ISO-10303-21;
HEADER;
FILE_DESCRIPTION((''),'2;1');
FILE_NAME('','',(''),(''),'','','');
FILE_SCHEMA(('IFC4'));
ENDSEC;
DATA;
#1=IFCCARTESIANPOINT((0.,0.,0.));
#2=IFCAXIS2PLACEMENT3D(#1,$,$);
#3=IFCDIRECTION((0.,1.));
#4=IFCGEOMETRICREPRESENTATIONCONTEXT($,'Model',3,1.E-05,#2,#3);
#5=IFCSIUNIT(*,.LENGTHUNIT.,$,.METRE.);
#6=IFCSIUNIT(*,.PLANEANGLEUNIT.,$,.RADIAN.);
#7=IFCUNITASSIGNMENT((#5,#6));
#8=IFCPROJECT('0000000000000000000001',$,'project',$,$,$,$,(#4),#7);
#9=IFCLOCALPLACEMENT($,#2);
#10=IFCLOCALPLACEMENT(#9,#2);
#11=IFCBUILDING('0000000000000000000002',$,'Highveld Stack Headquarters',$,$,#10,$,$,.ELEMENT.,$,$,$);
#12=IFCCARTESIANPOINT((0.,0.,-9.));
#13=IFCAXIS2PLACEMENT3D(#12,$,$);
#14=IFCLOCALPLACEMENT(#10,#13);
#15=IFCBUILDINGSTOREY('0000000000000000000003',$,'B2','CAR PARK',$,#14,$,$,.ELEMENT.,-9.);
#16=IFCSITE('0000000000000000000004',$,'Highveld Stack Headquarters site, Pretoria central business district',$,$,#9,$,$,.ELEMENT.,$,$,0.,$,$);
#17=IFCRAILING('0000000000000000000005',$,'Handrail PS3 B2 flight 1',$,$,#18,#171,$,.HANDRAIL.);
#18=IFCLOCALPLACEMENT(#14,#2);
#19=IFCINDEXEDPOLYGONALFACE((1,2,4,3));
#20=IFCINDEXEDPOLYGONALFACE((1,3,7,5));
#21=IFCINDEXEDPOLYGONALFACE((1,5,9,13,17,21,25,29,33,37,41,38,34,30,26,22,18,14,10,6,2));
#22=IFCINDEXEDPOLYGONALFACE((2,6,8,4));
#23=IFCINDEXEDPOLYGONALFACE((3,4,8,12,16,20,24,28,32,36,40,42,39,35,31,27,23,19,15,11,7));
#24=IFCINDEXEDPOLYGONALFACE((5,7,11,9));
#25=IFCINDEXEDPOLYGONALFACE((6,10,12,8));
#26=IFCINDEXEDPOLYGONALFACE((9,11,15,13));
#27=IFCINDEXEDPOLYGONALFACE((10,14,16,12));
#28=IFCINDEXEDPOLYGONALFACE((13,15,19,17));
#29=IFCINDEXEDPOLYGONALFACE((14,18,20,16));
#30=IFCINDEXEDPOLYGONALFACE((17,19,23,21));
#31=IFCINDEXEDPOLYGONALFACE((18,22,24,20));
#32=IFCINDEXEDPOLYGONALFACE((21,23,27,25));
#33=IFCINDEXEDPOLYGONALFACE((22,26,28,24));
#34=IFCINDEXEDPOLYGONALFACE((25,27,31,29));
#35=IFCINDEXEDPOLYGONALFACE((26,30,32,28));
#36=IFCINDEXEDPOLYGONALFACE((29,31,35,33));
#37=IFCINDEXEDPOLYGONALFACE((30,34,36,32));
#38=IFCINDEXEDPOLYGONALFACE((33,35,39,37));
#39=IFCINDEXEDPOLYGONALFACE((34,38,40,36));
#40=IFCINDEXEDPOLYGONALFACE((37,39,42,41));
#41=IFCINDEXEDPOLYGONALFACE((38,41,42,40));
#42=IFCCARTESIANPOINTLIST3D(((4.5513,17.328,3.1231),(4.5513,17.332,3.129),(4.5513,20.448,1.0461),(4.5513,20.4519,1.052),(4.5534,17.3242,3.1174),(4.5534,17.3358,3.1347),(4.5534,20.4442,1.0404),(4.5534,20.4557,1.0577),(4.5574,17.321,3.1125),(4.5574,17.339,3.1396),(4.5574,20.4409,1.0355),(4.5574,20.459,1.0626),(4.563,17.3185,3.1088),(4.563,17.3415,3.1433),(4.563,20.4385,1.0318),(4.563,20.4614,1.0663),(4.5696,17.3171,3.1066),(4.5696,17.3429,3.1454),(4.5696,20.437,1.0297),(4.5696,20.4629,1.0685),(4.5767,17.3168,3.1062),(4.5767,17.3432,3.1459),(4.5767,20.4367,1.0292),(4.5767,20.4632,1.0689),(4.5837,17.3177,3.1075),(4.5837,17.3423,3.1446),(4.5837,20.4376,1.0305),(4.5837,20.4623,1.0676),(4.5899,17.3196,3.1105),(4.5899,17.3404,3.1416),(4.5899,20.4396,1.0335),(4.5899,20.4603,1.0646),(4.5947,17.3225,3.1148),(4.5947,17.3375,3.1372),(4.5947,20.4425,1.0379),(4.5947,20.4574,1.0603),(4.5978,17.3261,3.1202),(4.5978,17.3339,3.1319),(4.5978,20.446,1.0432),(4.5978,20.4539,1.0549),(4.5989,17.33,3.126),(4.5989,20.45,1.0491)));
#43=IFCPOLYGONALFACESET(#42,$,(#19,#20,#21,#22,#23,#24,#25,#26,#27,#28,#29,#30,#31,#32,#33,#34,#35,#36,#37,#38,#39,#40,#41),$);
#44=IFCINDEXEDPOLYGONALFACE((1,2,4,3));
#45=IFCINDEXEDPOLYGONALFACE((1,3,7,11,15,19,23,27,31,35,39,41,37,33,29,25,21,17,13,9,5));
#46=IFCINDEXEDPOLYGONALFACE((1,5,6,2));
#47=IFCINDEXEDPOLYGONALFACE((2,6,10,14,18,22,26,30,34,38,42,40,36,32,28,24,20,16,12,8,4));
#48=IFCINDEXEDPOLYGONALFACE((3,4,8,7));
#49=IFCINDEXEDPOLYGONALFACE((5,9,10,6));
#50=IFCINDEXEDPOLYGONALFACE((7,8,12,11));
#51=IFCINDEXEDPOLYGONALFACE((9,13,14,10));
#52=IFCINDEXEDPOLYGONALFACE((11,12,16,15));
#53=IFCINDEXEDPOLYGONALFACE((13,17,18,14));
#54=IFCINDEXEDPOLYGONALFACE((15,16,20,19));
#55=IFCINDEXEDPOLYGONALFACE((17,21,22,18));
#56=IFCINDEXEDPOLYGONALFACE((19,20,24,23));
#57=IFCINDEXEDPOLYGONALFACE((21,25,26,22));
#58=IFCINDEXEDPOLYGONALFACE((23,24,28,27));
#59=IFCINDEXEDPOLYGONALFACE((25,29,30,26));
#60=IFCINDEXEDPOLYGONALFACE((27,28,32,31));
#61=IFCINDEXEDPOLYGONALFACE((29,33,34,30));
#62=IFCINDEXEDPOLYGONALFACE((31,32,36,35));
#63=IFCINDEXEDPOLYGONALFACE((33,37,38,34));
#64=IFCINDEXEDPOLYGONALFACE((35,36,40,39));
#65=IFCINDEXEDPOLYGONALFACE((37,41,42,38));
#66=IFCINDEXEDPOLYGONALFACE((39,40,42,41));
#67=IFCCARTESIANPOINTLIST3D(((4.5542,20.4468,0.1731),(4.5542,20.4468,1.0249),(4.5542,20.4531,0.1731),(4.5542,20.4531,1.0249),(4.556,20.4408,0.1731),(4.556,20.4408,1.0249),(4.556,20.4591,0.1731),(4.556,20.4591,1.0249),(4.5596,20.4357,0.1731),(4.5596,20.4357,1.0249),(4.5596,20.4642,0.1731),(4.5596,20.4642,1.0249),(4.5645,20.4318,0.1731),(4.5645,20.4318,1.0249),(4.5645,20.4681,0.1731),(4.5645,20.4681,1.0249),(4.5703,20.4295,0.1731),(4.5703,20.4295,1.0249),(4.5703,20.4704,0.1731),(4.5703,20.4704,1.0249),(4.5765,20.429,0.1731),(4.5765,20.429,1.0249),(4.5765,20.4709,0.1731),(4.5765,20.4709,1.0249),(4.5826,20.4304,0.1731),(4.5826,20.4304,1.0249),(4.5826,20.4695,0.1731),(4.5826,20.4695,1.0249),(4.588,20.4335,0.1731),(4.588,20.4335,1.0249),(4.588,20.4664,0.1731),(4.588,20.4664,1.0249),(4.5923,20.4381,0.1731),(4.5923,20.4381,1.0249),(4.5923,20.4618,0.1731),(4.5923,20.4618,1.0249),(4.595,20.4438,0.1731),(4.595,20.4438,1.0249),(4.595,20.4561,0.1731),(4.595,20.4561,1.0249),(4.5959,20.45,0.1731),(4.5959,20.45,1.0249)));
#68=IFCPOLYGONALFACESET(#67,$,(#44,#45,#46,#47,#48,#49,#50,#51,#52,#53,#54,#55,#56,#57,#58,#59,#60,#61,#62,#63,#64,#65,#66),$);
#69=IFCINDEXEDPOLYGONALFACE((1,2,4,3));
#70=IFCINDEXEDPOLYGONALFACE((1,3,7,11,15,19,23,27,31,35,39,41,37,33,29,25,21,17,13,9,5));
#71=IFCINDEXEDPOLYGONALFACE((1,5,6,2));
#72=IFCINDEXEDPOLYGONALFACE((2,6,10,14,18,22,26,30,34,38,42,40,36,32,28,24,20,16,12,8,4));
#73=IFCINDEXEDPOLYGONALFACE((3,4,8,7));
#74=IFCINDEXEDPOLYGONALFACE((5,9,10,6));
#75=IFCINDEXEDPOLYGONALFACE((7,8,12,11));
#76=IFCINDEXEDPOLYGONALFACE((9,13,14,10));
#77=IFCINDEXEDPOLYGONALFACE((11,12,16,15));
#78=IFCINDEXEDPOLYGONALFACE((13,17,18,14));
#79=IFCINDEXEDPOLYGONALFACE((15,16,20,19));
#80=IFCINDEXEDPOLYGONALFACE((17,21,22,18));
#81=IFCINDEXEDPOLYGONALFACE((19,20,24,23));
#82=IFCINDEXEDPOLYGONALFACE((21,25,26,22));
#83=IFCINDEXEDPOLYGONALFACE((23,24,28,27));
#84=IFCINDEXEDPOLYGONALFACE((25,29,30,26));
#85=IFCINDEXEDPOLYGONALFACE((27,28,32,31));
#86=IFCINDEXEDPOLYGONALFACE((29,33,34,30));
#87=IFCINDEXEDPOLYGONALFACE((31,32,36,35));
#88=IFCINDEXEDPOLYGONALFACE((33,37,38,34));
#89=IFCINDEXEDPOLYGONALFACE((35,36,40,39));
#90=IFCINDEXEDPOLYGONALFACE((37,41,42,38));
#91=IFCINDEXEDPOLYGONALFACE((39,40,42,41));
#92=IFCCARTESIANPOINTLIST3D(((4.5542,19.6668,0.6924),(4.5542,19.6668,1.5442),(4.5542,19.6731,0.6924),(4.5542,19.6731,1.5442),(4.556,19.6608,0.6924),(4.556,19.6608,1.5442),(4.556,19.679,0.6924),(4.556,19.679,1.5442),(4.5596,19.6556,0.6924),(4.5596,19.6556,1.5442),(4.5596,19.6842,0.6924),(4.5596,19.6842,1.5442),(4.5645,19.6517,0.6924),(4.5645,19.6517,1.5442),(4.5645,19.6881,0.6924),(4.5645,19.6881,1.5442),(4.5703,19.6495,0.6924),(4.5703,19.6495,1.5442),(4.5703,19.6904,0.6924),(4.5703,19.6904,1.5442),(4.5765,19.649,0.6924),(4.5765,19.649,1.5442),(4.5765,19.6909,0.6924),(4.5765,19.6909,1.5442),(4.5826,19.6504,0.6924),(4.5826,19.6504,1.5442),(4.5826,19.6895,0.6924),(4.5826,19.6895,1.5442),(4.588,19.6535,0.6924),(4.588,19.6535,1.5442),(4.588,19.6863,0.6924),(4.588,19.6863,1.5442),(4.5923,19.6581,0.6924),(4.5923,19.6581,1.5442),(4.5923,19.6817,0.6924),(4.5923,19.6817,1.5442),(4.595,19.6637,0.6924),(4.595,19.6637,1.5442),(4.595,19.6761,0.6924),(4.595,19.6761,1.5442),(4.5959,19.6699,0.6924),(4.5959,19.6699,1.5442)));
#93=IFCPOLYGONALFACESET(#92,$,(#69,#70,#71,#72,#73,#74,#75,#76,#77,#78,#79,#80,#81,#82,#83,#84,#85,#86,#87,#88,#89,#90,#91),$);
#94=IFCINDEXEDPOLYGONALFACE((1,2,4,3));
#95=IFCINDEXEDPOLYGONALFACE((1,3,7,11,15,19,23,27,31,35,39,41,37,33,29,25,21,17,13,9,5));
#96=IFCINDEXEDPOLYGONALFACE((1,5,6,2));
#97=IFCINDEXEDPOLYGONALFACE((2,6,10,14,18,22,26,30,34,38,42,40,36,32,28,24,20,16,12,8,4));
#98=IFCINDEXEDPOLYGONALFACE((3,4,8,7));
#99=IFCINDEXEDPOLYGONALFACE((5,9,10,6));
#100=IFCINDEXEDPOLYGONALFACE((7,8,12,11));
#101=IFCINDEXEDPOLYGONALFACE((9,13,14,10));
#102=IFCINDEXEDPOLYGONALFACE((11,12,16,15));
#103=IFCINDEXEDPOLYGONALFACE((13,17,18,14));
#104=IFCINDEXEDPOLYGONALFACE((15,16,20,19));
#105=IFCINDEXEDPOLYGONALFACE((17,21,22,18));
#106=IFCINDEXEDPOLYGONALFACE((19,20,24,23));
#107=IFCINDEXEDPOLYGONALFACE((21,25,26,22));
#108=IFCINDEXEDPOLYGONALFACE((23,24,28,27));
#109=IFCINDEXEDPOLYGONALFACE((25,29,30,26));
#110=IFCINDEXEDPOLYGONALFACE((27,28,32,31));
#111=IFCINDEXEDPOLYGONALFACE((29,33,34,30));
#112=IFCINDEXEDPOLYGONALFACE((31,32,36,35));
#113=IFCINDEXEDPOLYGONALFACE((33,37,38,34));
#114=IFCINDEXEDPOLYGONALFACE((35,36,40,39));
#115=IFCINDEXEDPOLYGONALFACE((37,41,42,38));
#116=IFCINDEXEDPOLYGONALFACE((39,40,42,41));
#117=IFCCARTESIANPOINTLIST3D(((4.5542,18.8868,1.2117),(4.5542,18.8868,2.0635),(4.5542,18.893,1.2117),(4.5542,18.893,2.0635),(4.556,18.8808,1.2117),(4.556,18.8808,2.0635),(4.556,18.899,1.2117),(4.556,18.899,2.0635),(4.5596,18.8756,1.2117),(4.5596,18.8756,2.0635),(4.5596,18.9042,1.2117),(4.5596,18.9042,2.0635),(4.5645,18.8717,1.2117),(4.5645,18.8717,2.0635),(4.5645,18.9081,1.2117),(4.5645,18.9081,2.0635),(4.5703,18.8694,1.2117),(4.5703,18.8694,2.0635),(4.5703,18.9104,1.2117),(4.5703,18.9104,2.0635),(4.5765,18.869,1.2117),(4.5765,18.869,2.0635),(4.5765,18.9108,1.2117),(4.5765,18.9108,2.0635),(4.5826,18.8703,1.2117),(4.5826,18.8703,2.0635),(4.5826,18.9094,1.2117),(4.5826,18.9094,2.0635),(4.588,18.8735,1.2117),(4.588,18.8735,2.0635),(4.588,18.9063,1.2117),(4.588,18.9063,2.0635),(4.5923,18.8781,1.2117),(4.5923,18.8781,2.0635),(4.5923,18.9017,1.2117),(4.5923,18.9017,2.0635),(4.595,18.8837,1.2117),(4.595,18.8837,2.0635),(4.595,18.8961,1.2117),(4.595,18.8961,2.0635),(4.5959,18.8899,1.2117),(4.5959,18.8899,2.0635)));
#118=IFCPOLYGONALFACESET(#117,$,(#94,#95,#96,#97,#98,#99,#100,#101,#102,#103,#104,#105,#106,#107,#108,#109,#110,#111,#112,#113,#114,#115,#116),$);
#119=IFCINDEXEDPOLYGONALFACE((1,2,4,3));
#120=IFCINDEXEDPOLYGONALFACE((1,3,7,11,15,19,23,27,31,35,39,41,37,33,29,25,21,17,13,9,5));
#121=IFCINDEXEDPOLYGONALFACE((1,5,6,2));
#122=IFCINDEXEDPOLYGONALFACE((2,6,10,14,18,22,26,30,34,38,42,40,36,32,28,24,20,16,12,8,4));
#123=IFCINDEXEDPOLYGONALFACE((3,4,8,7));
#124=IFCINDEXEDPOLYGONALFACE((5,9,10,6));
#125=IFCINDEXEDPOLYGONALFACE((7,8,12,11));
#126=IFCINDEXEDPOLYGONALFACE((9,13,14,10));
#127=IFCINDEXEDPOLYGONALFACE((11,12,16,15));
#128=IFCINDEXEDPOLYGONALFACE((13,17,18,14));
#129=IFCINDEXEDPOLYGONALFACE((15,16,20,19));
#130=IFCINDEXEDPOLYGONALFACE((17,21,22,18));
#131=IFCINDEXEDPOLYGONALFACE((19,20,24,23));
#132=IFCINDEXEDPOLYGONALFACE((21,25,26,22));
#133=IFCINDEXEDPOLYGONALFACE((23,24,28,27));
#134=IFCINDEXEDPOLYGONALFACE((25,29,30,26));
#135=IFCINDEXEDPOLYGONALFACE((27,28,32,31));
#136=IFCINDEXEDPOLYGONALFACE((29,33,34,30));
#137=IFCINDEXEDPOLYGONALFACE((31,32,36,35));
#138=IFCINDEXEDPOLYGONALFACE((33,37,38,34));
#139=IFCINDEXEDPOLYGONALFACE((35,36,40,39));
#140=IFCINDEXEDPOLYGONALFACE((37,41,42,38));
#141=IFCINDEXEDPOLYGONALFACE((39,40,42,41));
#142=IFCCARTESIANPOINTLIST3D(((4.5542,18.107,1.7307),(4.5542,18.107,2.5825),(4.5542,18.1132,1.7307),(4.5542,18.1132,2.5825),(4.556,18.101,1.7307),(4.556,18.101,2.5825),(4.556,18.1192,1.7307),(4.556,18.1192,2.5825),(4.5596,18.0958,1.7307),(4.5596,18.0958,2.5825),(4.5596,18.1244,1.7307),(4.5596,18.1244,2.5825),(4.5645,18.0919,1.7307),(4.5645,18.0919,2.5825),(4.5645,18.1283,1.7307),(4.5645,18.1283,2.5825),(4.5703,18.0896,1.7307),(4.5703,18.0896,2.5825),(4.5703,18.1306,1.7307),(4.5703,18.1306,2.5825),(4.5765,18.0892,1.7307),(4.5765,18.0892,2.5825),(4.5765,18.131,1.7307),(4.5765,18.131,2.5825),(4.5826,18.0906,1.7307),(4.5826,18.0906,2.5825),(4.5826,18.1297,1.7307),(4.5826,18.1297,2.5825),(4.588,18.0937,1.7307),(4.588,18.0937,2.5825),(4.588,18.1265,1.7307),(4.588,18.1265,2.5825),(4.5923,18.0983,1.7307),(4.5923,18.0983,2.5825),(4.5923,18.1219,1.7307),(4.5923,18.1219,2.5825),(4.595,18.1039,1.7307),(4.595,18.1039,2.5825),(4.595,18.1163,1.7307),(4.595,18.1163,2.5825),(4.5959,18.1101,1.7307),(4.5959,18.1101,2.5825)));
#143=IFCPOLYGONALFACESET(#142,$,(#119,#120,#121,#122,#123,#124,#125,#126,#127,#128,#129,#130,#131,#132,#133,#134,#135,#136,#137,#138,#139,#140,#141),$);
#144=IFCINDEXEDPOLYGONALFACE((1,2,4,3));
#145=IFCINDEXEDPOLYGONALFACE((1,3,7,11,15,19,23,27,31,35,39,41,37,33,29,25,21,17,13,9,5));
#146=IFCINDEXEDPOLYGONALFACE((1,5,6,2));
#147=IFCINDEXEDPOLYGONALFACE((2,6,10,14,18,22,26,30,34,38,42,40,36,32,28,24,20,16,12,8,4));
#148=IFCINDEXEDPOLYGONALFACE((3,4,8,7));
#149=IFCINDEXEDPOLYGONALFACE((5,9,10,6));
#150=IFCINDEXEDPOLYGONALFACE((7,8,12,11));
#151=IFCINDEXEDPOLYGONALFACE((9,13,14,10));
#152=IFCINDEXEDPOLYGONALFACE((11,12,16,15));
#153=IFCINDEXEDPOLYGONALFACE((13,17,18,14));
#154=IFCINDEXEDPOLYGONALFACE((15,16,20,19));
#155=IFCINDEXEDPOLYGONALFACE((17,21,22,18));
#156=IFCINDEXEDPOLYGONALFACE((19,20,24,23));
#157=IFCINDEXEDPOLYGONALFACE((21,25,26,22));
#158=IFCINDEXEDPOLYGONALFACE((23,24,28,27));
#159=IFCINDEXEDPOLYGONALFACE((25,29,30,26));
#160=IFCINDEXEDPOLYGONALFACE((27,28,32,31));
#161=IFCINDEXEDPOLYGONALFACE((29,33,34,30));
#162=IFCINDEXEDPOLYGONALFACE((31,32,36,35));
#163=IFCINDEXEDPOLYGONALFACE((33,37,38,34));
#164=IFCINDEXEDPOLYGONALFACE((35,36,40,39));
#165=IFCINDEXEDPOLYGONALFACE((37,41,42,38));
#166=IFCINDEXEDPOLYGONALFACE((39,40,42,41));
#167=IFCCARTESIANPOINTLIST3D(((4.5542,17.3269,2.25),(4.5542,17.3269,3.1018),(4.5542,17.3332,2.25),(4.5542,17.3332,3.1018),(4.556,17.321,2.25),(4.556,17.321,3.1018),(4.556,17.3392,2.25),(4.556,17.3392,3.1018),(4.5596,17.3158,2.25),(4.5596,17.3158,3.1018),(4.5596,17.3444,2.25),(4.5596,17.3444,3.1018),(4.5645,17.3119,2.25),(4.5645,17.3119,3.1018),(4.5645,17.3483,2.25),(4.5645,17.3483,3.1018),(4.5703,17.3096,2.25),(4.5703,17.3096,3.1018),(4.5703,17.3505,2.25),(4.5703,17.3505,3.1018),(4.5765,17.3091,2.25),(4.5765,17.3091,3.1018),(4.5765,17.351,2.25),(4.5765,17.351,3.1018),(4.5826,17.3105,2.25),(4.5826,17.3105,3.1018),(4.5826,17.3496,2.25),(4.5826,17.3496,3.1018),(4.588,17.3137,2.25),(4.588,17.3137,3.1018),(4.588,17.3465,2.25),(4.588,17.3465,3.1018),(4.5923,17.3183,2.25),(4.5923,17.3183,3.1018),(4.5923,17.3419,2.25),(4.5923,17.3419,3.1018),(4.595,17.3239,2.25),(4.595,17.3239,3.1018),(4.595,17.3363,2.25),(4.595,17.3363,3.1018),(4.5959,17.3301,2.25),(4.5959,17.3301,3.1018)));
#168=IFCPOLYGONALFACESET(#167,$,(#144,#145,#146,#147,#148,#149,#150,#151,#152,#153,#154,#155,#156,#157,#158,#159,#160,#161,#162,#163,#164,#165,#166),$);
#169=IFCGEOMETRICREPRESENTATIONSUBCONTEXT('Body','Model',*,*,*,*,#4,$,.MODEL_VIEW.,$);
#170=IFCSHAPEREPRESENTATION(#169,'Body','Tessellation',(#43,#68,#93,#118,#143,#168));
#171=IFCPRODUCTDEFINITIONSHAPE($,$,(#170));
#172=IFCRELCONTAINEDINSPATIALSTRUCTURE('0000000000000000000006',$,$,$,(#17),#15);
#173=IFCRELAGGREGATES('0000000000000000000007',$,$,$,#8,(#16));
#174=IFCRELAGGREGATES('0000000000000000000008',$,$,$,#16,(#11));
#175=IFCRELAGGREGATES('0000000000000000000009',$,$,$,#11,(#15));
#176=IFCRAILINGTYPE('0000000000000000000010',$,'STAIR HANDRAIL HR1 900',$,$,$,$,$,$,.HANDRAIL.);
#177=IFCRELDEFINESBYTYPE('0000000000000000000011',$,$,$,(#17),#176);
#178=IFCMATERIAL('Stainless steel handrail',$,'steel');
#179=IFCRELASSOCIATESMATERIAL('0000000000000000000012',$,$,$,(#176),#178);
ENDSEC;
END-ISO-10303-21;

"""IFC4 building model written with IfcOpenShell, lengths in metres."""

from ifc_helpers import new_model, si_unit, direction, frame, origin, origin_2d, place, context, subcontext, project, spatial, circle, extrude, material, type_object, element, save


model = new_model("IFC4")

# Units and contexts
model_context = context("Model", 3, precision=1e-05, world=origin(), true_north=direction((0.0, 1.0)))
body_context = subcontext(model_context, "Body", "Model", "MODEL_VIEW")
ifc_project = project(units=[si_unit("LENGTHUNIT", "METRE"), si_unit("PLANEANGLEUNIT", "RADIAN")], contexts=[model_context])

# Site, building, storey
site_placement = place(None, origin())
site = spatial("IfcSite", under=ifc_project, at=site_placement, Name="Highveld Stack Headquarters site, Pretoria central business district", CompositionType="ELEMENT", RefElevation=0.0)
building_placement = place(site_placement, origin())
building = spatial("IfcBuilding", under=site, at=building_placement, Name="Highveld Stack Headquarters", CompositionType="ELEMENT")
storey_placement = place(building_placement, frame((0.0, 0.0, -9.0)))
storey = spatial("IfcBuildingStorey", under=building, at=storey_placement, Name="B2", Description="CAR PARK", CompositionType="ELEMENT", Elevation=-9.0)

# Railing
ifc_material_1 = material(Name="Stainless steel handrail", Category="steel")
railing_type = type_object("IfcRailingType", Name="STAIR HANDRAIL HR1 900", PredefinedType="HANDRAIL", material=ifc_material_1)
for number, where, name in (
    (1, (4.575, 20.45, 0.1731), "Handrail PS3 B2 flight 1"),
):
    element("IfcRailing", number, at=place(storey_placement, frame(where)), inside=storey, type_object=railing_type, Name=name, PredefinedType="HANDRAIL", context=body_context, shape_type="SweptSolid", body=[
        extrude(circle(Radius=0.0239, at=origin_2d()), frame((0.0, 0.0, 0.876), z_axis=(0.0, -0.832421, 0.554144), x_axis=(1.0, 0.0, 0.0)), (0.0, 0.0, 1.0), 3.748),
        extrude(circle(Radius=0.021, at=origin_2d()), origin(), (0.0, 0.0, 1.0), 0.8518),
        extrude(circle(Radius=0.021, at=origin_2d()), frame((0.0, -0.78, 0.5193)), (0.0, 0.0, 1.0), 0.8518),
        extrude(circle(Radius=0.021, at=origin_2d()), frame((0.0, -1.5601, 1.0386)), (0.0, 0.0, 1.0), 0.8518),
        extrude(circle(Radius=0.021, at=origin_2d()), frame((0.0, -2.3398, 1.5576)), (0.0, 0.0, 1.0), 0.8518),
        extrude(circle(Radius=0.021, at=origin_2d()), frame((0.0, -3.1199, 2.0769)), (0.0, 0.0, 1.0), 0.8518),
    ])

save(model, "model.ifc")
